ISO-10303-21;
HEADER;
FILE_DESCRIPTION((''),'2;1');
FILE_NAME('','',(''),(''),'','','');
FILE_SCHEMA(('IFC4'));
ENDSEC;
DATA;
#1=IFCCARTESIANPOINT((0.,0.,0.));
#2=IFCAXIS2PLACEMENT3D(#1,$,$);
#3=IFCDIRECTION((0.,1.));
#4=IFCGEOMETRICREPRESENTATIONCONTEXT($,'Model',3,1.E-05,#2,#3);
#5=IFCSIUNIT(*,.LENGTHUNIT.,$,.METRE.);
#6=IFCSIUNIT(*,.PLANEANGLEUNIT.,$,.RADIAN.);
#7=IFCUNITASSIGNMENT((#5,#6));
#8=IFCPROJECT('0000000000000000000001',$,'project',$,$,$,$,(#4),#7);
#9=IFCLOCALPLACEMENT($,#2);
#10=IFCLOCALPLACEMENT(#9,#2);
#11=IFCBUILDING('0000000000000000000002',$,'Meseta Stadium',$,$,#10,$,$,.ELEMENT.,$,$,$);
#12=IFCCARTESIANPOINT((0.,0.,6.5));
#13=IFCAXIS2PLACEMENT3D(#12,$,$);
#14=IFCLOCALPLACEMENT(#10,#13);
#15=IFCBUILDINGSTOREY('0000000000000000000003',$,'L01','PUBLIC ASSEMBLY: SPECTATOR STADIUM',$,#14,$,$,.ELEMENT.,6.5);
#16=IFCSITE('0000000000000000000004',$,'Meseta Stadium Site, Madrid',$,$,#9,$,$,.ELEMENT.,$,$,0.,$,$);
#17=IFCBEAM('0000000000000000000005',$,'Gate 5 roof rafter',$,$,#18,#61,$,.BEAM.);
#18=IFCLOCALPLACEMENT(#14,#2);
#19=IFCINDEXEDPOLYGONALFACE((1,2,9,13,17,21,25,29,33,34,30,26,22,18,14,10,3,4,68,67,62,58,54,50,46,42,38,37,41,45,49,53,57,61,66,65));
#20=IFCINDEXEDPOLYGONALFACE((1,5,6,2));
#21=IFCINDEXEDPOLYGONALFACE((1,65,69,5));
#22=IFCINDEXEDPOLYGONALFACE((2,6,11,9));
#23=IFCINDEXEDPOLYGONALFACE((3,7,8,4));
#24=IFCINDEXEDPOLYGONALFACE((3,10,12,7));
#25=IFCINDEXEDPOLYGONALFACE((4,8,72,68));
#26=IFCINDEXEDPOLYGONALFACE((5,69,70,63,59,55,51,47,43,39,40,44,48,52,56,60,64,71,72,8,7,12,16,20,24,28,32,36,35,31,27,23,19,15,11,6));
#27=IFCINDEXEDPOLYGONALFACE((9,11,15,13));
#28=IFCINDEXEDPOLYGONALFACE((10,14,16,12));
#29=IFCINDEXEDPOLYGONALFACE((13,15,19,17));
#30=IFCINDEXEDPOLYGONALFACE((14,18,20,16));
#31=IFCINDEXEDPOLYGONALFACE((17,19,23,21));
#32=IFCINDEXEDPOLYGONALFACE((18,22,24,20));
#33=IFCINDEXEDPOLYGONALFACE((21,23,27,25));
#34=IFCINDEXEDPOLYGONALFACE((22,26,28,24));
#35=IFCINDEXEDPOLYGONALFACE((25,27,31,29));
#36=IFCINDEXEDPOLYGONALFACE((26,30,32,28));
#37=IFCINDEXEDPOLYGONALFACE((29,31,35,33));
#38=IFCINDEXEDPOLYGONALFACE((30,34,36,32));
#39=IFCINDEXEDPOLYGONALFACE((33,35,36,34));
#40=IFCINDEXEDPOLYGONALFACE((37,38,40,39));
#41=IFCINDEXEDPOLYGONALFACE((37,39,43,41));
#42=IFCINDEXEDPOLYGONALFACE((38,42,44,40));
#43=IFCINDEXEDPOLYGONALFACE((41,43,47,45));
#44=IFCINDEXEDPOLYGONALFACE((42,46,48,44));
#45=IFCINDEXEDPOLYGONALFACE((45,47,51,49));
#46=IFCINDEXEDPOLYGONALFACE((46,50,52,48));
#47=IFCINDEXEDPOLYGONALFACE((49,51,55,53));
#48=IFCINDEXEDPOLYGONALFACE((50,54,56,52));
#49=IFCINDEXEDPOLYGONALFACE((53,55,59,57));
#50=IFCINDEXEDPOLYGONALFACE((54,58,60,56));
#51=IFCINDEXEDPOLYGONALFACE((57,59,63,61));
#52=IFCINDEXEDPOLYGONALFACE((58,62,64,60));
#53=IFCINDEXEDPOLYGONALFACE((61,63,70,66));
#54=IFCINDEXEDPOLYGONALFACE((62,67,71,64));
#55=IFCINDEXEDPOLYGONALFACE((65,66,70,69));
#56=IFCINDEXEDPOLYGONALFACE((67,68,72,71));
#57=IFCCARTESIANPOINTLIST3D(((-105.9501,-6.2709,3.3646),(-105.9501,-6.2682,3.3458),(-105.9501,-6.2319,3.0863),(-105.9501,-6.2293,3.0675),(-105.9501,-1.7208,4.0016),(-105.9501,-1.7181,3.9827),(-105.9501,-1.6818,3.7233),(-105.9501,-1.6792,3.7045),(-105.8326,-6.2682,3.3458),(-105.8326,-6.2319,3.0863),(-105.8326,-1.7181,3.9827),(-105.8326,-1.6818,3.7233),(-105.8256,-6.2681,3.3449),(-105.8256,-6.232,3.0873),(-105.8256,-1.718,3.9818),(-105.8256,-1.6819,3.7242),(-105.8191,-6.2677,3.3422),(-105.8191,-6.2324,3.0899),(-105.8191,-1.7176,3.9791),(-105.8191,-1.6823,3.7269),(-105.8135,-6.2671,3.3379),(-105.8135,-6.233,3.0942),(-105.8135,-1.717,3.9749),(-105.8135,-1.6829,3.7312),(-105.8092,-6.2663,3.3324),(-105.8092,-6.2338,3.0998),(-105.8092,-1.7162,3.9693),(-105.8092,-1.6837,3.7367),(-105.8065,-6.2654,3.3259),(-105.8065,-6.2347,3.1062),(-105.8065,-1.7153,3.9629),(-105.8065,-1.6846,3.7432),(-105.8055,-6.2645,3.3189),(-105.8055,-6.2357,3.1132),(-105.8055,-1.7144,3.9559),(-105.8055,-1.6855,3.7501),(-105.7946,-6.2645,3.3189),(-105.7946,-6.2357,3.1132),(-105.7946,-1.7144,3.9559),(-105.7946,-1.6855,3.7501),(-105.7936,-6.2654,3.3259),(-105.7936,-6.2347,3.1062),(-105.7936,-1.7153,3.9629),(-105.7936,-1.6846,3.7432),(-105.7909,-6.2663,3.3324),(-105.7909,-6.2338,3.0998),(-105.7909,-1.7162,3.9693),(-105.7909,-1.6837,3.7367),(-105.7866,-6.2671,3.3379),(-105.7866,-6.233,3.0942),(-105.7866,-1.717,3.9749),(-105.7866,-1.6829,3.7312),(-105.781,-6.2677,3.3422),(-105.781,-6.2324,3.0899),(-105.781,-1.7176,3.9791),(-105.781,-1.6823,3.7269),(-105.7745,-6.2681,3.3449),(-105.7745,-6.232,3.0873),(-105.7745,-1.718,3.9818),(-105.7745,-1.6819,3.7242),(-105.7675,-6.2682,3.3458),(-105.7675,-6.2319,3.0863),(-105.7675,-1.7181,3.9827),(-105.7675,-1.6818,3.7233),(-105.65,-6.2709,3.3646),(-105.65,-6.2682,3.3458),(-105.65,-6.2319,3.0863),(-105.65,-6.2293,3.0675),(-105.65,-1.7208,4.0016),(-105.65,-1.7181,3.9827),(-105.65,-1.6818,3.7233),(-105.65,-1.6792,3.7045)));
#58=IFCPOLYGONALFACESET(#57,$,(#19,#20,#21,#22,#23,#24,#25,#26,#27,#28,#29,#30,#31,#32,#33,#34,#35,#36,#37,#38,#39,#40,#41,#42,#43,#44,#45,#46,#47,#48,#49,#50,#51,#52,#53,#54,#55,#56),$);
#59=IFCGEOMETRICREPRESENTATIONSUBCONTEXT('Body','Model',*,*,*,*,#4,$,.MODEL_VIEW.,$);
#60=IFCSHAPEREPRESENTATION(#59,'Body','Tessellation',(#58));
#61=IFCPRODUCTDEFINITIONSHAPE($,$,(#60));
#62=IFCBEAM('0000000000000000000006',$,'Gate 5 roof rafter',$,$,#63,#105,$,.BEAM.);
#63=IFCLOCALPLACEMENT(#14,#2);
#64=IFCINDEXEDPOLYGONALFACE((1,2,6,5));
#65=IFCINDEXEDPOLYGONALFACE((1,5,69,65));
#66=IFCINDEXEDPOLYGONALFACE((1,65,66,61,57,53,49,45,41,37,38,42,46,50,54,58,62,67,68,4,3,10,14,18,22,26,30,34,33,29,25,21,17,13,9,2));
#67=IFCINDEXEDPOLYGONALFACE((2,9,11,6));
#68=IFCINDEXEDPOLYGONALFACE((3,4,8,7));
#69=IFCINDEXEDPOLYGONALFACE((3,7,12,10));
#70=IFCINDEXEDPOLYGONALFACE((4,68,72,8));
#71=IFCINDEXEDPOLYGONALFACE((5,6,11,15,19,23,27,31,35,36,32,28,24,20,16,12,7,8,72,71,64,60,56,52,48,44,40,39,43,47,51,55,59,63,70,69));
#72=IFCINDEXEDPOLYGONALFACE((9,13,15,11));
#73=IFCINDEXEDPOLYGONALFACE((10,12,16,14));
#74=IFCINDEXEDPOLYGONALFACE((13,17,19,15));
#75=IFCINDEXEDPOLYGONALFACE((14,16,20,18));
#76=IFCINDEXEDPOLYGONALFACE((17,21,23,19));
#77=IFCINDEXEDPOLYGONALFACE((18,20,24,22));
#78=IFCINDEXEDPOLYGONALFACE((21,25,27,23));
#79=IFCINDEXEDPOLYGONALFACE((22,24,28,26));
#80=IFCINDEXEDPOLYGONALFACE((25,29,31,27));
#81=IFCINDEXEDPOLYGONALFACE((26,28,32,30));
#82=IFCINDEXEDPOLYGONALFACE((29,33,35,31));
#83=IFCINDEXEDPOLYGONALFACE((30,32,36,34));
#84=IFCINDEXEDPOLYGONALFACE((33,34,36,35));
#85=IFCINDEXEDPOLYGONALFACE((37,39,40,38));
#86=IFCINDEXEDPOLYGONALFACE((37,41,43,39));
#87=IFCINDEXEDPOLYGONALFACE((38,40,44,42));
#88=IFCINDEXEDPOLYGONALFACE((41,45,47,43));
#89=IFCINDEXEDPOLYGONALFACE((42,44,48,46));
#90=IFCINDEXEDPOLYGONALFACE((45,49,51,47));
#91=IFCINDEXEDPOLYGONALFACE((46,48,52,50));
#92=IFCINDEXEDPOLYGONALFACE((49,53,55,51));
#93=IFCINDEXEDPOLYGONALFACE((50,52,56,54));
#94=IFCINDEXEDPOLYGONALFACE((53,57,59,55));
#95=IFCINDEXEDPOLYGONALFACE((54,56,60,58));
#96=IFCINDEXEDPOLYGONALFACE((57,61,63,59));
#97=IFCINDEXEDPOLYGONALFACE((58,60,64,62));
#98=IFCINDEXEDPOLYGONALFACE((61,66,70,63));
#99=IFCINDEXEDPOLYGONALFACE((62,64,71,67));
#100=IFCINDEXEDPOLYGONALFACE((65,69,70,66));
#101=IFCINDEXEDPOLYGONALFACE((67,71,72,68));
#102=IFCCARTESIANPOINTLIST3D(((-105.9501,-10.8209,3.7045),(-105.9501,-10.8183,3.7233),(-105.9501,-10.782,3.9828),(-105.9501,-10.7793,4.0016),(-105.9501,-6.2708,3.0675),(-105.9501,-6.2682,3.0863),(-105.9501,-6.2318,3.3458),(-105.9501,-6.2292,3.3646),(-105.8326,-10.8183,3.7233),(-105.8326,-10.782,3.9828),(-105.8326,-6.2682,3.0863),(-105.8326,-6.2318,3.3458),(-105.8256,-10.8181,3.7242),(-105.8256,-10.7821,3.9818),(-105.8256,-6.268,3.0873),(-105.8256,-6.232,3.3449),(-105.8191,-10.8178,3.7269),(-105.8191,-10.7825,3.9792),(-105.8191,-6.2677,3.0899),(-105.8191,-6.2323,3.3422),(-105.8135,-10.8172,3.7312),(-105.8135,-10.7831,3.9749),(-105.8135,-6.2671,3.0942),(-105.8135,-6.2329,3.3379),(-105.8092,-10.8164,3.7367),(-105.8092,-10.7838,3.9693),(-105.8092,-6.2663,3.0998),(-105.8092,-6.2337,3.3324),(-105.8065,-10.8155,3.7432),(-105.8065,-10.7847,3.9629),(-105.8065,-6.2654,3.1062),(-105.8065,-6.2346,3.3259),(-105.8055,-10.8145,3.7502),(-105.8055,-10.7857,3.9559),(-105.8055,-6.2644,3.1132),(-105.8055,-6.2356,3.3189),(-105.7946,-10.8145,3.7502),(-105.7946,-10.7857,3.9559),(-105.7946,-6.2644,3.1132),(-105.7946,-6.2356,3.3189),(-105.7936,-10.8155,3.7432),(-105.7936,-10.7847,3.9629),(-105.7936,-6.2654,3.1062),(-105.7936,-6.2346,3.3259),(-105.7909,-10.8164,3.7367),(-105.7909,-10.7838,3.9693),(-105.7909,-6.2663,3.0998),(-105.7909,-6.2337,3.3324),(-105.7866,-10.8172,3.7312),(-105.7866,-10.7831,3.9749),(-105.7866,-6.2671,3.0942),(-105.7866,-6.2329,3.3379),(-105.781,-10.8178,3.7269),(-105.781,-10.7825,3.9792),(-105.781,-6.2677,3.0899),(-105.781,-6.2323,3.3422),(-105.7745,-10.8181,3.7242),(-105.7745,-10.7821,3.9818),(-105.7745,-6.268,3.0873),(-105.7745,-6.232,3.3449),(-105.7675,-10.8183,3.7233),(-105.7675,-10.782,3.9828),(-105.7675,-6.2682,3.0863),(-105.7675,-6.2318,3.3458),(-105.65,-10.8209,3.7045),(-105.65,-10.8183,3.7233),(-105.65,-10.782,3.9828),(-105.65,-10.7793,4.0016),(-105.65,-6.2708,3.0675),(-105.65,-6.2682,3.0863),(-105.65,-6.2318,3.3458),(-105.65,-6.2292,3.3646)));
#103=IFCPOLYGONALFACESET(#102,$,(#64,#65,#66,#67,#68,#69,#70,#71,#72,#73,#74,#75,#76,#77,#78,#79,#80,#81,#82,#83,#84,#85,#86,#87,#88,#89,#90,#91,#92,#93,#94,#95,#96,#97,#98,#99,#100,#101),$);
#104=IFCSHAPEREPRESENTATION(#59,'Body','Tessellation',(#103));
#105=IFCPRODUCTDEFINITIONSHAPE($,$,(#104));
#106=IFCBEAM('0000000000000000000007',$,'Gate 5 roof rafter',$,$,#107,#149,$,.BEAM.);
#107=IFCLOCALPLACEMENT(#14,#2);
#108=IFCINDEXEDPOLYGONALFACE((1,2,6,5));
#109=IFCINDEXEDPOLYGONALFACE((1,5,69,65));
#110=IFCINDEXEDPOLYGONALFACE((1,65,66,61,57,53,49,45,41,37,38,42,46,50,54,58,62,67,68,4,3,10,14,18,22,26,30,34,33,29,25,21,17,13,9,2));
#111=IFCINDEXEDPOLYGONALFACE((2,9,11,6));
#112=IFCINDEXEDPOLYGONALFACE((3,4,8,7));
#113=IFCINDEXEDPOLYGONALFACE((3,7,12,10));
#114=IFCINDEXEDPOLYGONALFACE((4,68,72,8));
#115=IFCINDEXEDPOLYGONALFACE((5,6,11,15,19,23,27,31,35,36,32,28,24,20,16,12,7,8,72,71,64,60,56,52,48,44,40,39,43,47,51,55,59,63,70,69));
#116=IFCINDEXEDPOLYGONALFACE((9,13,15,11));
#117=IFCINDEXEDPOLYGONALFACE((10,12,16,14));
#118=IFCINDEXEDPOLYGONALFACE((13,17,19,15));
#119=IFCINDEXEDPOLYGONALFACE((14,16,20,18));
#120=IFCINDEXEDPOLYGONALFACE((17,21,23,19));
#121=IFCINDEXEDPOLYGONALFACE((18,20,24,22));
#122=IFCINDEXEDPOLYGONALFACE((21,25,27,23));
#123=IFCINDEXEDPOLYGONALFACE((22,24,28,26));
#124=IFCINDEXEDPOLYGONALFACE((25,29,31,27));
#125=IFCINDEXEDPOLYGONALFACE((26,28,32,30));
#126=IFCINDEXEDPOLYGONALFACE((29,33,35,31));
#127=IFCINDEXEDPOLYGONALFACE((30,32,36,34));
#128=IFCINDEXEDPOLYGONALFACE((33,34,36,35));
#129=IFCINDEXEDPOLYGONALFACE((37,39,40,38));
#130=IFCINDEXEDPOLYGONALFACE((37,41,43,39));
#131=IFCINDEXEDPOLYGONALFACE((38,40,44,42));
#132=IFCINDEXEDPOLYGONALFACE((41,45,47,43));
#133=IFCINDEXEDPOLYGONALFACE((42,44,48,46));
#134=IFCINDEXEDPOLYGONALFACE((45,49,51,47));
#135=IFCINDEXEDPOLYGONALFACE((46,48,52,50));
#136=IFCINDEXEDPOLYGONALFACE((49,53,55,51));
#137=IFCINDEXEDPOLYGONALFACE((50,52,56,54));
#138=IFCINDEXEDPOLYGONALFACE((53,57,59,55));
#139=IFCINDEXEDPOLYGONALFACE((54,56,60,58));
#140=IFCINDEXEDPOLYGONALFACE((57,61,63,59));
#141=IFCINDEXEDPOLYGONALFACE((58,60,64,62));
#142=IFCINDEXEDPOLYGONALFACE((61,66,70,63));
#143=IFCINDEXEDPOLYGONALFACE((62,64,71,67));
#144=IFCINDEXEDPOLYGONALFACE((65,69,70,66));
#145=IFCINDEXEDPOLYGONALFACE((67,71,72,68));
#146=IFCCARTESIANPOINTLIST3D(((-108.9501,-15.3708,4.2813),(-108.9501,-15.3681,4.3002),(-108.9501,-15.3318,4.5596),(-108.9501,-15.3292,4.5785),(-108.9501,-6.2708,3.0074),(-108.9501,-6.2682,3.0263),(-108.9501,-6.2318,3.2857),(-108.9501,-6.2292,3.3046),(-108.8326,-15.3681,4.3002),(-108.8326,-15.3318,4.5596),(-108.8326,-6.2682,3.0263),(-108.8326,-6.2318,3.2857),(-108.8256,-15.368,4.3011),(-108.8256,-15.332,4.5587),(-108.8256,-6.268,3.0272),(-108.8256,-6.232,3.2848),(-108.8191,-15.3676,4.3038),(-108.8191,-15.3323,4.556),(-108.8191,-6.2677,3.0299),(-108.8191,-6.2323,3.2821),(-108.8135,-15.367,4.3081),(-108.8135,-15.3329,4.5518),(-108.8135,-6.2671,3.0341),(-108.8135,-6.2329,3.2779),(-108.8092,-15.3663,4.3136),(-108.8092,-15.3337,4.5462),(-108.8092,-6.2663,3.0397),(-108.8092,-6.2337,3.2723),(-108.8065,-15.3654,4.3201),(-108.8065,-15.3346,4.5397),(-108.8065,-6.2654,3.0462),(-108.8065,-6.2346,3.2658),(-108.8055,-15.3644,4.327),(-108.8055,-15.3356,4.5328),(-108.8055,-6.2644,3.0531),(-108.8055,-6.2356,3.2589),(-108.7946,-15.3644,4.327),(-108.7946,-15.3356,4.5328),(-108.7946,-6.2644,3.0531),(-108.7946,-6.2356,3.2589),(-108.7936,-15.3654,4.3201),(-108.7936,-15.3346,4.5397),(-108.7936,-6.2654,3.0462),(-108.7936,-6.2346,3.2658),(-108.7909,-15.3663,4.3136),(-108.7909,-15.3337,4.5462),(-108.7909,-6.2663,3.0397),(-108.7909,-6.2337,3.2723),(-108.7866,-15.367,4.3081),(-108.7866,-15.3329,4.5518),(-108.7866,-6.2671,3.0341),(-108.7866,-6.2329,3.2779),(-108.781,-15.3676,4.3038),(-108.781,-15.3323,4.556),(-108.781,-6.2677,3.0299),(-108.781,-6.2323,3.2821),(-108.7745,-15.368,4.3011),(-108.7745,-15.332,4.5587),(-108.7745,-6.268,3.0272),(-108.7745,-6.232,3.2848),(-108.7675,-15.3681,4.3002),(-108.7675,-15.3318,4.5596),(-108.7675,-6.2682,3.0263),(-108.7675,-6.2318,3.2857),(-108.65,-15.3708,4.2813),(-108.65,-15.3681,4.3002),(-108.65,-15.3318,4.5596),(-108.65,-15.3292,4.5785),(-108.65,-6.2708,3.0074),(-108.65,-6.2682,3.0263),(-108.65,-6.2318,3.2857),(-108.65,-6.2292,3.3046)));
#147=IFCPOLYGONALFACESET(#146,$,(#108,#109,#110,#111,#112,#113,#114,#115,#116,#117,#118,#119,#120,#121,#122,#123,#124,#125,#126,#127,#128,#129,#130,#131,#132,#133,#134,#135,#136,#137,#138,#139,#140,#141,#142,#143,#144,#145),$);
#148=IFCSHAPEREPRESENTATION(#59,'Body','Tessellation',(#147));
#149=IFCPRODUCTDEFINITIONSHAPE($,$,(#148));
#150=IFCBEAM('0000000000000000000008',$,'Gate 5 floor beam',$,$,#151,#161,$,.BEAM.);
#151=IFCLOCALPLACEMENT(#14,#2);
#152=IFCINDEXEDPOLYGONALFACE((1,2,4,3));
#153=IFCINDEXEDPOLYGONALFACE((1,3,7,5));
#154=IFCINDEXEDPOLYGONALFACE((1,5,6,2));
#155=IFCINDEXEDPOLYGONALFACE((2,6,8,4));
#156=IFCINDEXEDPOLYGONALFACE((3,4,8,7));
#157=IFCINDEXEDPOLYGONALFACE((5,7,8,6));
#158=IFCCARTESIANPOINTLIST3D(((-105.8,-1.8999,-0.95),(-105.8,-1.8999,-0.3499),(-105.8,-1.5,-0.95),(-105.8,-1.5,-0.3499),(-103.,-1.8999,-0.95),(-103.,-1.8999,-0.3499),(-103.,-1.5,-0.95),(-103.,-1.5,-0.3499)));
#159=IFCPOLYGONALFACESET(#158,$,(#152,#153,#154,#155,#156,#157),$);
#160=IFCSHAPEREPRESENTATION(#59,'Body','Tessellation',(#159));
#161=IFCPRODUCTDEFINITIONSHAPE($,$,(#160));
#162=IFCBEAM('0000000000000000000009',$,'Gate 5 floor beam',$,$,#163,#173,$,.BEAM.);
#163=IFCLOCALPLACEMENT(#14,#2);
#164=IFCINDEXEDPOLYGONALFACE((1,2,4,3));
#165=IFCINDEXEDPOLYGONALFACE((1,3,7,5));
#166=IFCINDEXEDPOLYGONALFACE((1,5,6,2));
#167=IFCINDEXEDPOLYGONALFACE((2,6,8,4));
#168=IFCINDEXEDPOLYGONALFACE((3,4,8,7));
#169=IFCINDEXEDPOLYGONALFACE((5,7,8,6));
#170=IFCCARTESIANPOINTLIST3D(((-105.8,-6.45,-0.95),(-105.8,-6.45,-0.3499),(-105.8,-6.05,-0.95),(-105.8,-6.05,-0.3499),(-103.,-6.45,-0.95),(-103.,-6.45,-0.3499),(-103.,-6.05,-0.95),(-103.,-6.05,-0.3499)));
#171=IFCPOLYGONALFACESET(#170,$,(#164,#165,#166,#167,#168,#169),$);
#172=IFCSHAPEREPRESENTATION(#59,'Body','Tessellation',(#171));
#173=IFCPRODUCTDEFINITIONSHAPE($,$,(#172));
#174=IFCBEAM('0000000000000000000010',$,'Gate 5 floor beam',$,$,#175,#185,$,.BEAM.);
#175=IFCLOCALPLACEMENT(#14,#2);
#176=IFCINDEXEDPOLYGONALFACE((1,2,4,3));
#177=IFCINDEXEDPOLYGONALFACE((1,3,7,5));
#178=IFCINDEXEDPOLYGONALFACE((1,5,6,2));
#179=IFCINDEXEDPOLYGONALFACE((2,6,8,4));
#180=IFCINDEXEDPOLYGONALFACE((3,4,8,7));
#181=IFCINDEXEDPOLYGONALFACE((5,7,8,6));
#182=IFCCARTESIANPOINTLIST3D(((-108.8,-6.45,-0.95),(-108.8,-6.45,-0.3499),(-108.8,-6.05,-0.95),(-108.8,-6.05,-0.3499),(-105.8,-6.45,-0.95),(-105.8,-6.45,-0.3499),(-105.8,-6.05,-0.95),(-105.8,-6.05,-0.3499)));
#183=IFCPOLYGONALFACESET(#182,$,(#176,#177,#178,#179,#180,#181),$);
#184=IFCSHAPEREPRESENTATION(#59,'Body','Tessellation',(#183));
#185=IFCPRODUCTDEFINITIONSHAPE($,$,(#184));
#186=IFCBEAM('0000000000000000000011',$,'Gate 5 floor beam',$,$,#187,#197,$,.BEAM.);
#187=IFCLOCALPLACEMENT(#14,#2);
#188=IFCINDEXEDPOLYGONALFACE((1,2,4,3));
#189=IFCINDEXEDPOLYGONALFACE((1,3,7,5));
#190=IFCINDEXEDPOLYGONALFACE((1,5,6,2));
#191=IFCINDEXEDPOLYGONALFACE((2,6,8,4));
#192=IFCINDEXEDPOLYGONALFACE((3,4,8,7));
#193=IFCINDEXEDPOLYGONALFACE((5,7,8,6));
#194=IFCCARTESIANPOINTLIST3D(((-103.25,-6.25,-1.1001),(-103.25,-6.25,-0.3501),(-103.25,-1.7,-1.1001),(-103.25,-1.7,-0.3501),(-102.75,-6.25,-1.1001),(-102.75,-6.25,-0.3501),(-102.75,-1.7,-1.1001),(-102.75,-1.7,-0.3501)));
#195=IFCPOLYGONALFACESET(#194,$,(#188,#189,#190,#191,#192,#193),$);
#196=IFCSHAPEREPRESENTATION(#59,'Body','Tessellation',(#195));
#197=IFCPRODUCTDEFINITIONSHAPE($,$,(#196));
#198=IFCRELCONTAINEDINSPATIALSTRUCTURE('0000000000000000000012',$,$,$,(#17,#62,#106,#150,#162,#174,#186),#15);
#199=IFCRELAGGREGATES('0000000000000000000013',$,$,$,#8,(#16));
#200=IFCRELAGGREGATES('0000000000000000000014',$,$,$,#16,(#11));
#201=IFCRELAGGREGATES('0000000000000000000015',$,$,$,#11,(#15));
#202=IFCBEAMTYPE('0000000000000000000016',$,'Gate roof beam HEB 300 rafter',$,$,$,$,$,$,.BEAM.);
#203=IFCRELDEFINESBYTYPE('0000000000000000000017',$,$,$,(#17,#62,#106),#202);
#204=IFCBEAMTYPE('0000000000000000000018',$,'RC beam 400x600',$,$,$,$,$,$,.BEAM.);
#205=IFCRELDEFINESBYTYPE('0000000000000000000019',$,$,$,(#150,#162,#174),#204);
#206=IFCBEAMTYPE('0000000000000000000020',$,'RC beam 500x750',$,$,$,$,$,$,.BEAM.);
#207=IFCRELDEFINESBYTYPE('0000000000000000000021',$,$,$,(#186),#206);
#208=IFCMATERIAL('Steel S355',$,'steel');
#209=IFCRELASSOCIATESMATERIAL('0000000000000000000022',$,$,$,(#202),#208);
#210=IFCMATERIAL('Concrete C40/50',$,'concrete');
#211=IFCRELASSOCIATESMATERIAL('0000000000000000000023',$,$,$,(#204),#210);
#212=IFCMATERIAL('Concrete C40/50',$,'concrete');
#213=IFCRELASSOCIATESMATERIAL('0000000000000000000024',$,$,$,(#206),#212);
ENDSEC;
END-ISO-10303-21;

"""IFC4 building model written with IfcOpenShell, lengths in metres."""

from ifc_helpers import new_model, si_unit, direction, frame, origin, origin_2d, place, context, subcontext, project, spatial, rectangle, i_section, extrude, material, material_profile, profile_set, type_object, element, save


model = new_model("IFC4")

# Units and contexts
model_context = context("Model", 3, precision=1e-05, world=origin(), true_north=direction((0.0, 1.0)))
body_context = subcontext(model_context, "Body", "Model", "MODEL_VIEW")
ifc_project = project(units=[si_unit("LENGTHUNIT", "METRE"), si_unit("PLANEANGLEUNIT", "RADIAN")], contexts=[model_context])

# Site, building, storey
site_placement = place(None, origin())
site = spatial("IfcSite", under=ifc_project, at=site_placement, Name="Meseta Stadium Site, Madrid", CompositionType="ELEMENT", RefElevation=0.0)
building_placement = place(site_placement, origin())
building = spatial("IfcBuilding", under=site, at=building_placement, Name="Meseta Stadium", CompositionType="ELEMENT")
storey_placement = place(building_placement, frame((0.0, 0.0, 6.5)))
storey = spatial("IfcBuildingStorey", under=building, at=storey_placement, Name="L01", Description="PUBLIC ASSEMBLY: SPECTATOR STADIUM", CompositionType="ELEMENT", Elevation=6.5)

# Beams
ifc_material_1 = material(Name="Steel S355", Category="steel")
ifc_material_profile_1 = material_profile(ifc_material_1, i_section(OverallWidth=0.3, OverallDepth=0.3, WebThickness=0.011, FlangeThickness=0.019, FilletRadius=0.0271, at=origin_2d()), Name="HEB 300")
ifc_profile_set_1 = profile_set([ifc_material_profile_1], Name="Steel S355")
beam_type_1 = type_object("IfcBeamType", Name="Gate roof beam HEB 300 rafter", PredefinedType="BEAM", material=ifc_profile_set_1)
for number, where, z_axis, x_axis, name in (
    (1, (-105.8, -1.7, 3.853), (0.0, -0.990343, -0.138638), (1.0, 0.0, 0.0), "Gate 5 roof rafter"),
    (2, (-105.8, -6.25, 3.2161), (0.0, -0.990343, 0.138638), (1.0, 0.0, 0.0), "Gate 5 roof rafter"),
):
    element("IfcBeam", number, at=place(storey_placement, frame(where, z_axis=z_axis, x_axis=x_axis)), inside=storey, type_object=beam_type_1, Name=name, PredefinedType="BEAM", context=body_context, shape_type="SweptSolid", body=[
        extrude(i_section(OverallWidth=0.3, OverallDepth=0.3, WebThickness=0.011, FlangeThickness=0.019, FilletRadius=0.0271, at=origin_2d()), origin(), (0.0, 0.0, 1.0), 4.5945),
    ])
beam_1_placement = place(storey_placement, frame((-108.8, -6.25, 3.156), z_axis=(0.0, -0.990343, 0.138638), x_axis=(1.0, 0.0, 0.0)))
element("IfcBeam", 3, at=beam_1_placement, inside=storey, type_object=beam_type_1, Name="Gate 5 roof rafter", PredefinedType="BEAM", context=body_context, shape_type="SweptSolid", body=[
    extrude(i_section(OverallWidth=0.3, OverallDepth=0.3, WebThickness=0.011, FlangeThickness=0.019, FilletRadius=0.0271, at=origin_2d()), origin(), (0.0, 0.0, 1.0), 9.1887),
])
ifc_material_2 = material(Name="Concrete C40/50", Category="concrete")
ifc_material_profile_2 = material_profile(ifc_material_2, rectangle(XDim=0.3999, YDim=0.6001, at=origin_2d()), Name="RC 400x600")
ifc_profile_set_2 = profile_set([ifc_material_profile_2], Name="Concrete C40/50")
beam_type_2 = type_object("IfcBeamType", Name="RC beam 400x600", PredefinedType="BEAM", material=ifc_profile_set_2)
for number, where, z_axis, x_axis, name in (
    (4, (-103.0, -1.7, -0.6499), (-1.0, 0.0, 0.0), (0.0, -1.0, 0.0), "Gate 5 floor beam"),
    (5, (-103.0, -6.25, -0.6499), (-1.0, 0.0, 0.0), (0.0, -1.0, 0.0), "Gate 5 floor beam"),
):
    element("IfcBeam", number, at=place(storey_placement, frame(where, z_axis=z_axis, x_axis=x_axis)), inside=storey, type_object=beam_type_2, Name=name, PredefinedType="BEAM", context=body_context, shape_type="SweptSolid", body=[
        extrude(rectangle(XDim=0.3999, YDim=0.6001, at=origin_2d()), origin(), (0.0, 0.0, 1.0), 2.8),
    ])
beam_2_placement = place(storey_placement, frame((-105.8, -6.25, -0.6499), z_axis=(-1.0, 0.0, 0.0), x_axis=(0.0, -1.0, 0.0)))
element("IfcBeam", 6, at=beam_2_placement, inside=storey, type_object=beam_type_2, Name="Gate 5 floor beam", PredefinedType="BEAM", context=body_context, shape_type="SweptSolid", body=[
    extrude(rectangle(XDim=0.3999, YDim=0.6001, at=origin_2d()), origin(), (0.0, 0.0, 1.0), 3.0),
])
ifc_material_3 = material(Name="Concrete C40/50", Category="concrete")
ifc_material_profile_3 = material_profile(ifc_material_3, rectangle(XDim=0.5, YDim=0.75, at=origin_2d()), Name="RC 500x750")
ifc_profile_set_3 = profile_set([ifc_material_profile_3], Name="Concrete C40/50")
beam_type_3 = type_object("IfcBeamType", Name="RC beam 500x750", PredefinedType="BEAM", material=ifc_profile_set_3)
for number, where, z_axis, x_axis, name in (
    (7, (-103.0, -1.7, -0.7251), (0.0, -1.0, 0.0), (1.0, 0.0, 0.0), "Gate 5 floor beam"),
):
    element("IfcBeam", number, at=place(storey_placement, frame(where, z_axis=z_axis, x_axis=x_axis)), inside=storey, type_object=beam_type_3, Name=name, PredefinedType="BEAM", context=body_context, shape_type="SweptSolid", body=[
        extrude(rectangle(XDim=0.5, YDim=0.75, at=origin_2d()), origin(), (0.0, 0.0, 1.0), 4.55),
    ])

save(model, "model.ifc")
